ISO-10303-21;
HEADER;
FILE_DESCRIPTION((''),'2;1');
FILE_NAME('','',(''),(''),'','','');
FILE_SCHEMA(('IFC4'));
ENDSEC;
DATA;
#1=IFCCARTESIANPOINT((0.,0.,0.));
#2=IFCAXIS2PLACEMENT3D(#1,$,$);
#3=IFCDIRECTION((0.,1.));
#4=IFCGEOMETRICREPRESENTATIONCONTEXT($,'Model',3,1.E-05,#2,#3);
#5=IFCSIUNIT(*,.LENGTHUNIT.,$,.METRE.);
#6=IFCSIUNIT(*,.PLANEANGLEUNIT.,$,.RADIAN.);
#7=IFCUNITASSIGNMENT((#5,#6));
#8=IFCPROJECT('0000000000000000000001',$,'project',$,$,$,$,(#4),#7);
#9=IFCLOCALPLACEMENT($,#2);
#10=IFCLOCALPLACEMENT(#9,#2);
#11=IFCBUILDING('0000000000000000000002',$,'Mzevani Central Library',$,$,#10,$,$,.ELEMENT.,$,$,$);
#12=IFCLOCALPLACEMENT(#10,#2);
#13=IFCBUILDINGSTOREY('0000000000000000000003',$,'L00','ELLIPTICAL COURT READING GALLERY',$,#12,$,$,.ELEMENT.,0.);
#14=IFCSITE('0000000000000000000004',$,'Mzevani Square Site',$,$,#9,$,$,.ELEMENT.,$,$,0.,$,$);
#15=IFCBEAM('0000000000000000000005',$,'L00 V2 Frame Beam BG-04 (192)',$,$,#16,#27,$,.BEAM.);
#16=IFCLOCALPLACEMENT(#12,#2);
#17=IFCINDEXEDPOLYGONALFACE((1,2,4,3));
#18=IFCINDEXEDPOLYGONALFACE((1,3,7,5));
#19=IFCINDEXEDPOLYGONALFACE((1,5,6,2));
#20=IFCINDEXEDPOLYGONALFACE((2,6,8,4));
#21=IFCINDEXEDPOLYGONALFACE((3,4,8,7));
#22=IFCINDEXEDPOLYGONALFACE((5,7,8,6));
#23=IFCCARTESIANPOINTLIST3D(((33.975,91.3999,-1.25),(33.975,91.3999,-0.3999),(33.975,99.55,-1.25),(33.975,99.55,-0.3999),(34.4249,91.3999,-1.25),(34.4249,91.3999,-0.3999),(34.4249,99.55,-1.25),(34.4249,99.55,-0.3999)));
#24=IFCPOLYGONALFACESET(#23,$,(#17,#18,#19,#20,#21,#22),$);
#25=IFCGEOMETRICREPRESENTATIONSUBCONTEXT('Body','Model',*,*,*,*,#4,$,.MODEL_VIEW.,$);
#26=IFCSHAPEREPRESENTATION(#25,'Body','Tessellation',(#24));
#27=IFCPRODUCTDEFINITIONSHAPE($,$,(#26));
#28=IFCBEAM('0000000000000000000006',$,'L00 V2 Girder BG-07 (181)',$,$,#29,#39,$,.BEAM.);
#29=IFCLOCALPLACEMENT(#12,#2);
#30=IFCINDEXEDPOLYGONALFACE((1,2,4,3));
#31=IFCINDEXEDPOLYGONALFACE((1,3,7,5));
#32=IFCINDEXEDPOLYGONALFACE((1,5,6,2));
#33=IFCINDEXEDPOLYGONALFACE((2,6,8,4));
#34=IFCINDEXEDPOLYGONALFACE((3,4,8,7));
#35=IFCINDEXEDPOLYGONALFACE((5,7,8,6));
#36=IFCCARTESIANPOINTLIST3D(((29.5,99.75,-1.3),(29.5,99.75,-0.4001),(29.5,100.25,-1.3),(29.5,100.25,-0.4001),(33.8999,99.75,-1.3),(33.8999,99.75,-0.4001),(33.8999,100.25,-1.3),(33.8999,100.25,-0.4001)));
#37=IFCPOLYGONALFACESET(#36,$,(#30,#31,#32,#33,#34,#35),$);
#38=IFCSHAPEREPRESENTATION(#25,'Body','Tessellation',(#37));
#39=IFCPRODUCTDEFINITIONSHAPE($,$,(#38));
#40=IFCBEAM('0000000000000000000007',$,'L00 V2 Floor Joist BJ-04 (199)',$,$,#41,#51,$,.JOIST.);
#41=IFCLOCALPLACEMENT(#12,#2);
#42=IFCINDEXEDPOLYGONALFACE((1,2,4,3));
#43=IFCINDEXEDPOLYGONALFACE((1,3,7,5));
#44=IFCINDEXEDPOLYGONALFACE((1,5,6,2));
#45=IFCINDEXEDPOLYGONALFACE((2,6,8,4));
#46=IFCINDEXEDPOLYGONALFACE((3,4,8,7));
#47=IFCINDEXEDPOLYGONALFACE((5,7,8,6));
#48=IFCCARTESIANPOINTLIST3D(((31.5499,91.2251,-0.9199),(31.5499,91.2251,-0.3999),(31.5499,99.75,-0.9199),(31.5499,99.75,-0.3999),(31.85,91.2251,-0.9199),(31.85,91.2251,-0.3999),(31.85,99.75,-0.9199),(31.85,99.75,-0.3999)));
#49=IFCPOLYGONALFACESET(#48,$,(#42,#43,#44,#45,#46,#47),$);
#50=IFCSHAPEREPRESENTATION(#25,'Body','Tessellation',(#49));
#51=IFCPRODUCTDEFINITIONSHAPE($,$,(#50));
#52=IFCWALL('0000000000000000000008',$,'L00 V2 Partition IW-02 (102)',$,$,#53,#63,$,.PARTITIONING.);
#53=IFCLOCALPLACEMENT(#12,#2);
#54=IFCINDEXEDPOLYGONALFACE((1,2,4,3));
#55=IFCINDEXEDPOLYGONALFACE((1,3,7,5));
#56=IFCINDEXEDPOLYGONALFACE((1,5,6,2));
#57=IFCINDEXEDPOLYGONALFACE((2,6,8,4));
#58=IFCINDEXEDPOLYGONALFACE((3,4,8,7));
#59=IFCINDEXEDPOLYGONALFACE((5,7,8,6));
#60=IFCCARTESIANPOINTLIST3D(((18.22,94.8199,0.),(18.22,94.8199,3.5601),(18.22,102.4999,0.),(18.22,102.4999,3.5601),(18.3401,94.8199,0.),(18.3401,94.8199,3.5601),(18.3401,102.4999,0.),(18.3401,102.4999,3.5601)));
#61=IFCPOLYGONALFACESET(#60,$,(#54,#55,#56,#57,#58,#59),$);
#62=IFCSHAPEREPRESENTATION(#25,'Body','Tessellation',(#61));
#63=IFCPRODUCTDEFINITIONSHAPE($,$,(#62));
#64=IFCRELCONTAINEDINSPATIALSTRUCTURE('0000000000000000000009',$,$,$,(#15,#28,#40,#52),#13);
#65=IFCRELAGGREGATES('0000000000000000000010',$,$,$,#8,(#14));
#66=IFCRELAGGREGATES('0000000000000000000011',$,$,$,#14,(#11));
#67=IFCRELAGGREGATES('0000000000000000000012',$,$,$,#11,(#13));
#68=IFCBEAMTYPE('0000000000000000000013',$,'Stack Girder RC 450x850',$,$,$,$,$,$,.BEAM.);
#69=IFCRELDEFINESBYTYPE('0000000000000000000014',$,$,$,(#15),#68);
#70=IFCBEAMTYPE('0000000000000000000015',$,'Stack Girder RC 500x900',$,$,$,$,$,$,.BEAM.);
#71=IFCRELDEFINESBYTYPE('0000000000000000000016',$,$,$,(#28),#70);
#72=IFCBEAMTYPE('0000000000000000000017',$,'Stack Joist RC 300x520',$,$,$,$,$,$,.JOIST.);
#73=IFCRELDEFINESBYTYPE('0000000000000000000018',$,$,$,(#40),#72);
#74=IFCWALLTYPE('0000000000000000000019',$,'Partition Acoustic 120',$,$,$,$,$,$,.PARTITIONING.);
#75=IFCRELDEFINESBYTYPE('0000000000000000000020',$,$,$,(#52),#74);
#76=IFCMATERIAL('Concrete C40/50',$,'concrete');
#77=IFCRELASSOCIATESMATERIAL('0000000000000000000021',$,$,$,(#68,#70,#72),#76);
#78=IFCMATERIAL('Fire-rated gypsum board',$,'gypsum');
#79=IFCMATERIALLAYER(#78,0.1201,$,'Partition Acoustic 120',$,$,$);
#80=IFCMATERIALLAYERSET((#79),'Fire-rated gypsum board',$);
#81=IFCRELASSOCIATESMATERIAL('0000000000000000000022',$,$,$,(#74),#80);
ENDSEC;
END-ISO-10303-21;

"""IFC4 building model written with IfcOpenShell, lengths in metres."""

from ifc_helpers import new_model, si_unit, direction, frame, frame_2d, origin, origin_2d, place, context, subcontext, project, spatial, rectangle, extrude, material, layer, layer_set, material_profile, profile_set, type_object, element, save


model = new_model("IFC4")

# Units and contexts
model_context = context("Model", 3, precision=1e-05, world=origin(), true_north=direction((0.0, 1.0)))
body_context = subcontext(model_context, "Body", "Model", "MODEL_VIEW")
ifc_project = project(units=[si_unit("LENGTHUNIT", "METRE"), si_unit("PLANEANGLEUNIT", "RADIAN")], contexts=[model_context])

# Site, building, storey
site_placement = place(None, origin())
site = spatial("IfcSite", under=ifc_project, at=site_placement, Name="Mzevani Square Site", CompositionType="ELEMENT", RefElevation=0.0)
building_placement = place(site_placement, origin())
building = spatial("IfcBuilding", under=site, at=building_placement, Name="Mzevani Central Library", CompositionType="ELEMENT")
storey_placement = place(building_placement, origin())
storey = spatial("IfcBuildingStorey", under=building, at=storey_placement, Name="L00", Description="ELLIPTICAL COURT READING GALLERY", CompositionType="ELEMENT", Elevation=0.0)

# Shared definitions
ifc_material_1 = material(Name="Concrete C40/50", Category="concrete")

# Beams
ifc_material_profile_1 = material_profile(ifc_material_1, rectangle(XDim=0.45, YDim=0.8501, at=origin_2d()), Name="RC B450x850")
ifc_profile_set_1 = profile_set([ifc_material_profile_1], Name="Concrete C40/50")
beam_type_1 = type_object("IfcBeamType", Name="Stack Girder RC 450x850", PredefinedType="BEAM", material=ifc_profile_set_1)
beam_1_placement = place(storey_placement, frame((34.2, 91.3999, -0.825), z_axis=(0.0, 1.0, 0.0), x_axis=(-1.0, 0.0, 0.0)))
element("IfcBeam", 1, at=beam_1_placement, inside=storey, type_object=beam_type_1, Name="L00 V2 Frame Beam BG-04 (192)", PredefinedType="BEAM", context=body_context, shape_type="SweptSolid", body=[
    extrude(rectangle(XDim=0.45, YDim=0.8501, at=origin_2d()), origin(), (0.0, 0.0, 1.0), 8.1501),
])
ifc_material_profile_2 = material_profile(ifc_material_1, rectangle(XDim=0.5, YDim=0.8999, at=origin_2d()), Name="RC B500x900")
ifc_profile_set_2 = profile_set([ifc_material_profile_2], Name="Concrete C40/50")
beam_type_2 = type_object("IfcBeamType", Name="Stack Girder RC 500x900", PredefinedType="BEAM", material=ifc_profile_set_2)
beam_2_placement = place(storey_placement, frame((29.5, 100.0, -0.8501), z_axis=(1.0, 0.0, 0.0), x_axis=(0.0, 1.0, 0.0)))
element("IfcBeam", 2, at=beam_2_placement, inside=storey, type_object=beam_type_2, Name="L00 V2 Girder BG-07 (181)", PredefinedType="BEAM", context=body_context, shape_type="SweptSolid", body=[
    extrude(rectangle(XDim=0.5, YDim=0.8999, at=origin_2d()), origin(), (0.0, 0.0, 1.0), 4.3999),
])
ifc_material_profile_3 = material_profile(ifc_material_1, rectangle(XDim=0.3, YDim=0.52, at=origin_2d()), Name="RC J300x520")
ifc_profile_set_3 = profile_set([ifc_material_profile_3], Name="Concrete C40/50")
beam_type_3 = type_object("IfcBeamType", Name="Stack Joist RC 300x520", PredefinedType="JOIST", material=ifc_profile_set_3)
beam_3_placement = place(storey_placement, frame((31.7, 91.2251, -0.6599), z_axis=(0.0, 1.0, 0.0), x_axis=(-1.0, 0.0, 0.0)))
element("IfcBeam", 3, at=beam_3_placement, inside=storey, type_object=beam_type_3, Name="L00 V2 Floor Joist BJ-04 (199)", PredefinedType="JOIST", context=body_context, shape_type="SweptSolid", body=[
    extrude(rectangle(XDim=0.3, YDim=0.52, at=origin_2d()), origin(), (0.0, 0.0, 1.0), 8.5249),
])

# Wall
ifc_material_2 = material(Name="Fire-rated gypsum board", Category="gypsum")
ifc_layer = layer(ifc_material_2, 0.1201, Name="Partition Acoustic 120")
ifc_layer_set = layer_set([ifc_layer], Name="Fire-rated gypsum board")
wall_type = type_object("IfcWallType", Name="Partition Acoustic 120", PredefinedType="PARTITIONING", material=ifc_layer_set)
wall_placement = place(storey_placement, frame((18.28, 94.8201, 0.0), z_axis=(0.0, 0.0, 1.0), x_axis=(0.0, 1.0, 0.0)))
element("IfcWall", 4, at=wall_placement, inside=storey, type_object=wall_type, Name="L00 V2 Partition IW-02 (102)", PredefinedType="PARTITIONING", context=body_context, shape_type="SweptSolid", body=[
    extrude(rectangle(XDim=7.6799, YDim=0.1201, at=frame_2d((3.8398, 0.0))), origin(), (0.0, 0.0, 1.0), 3.5601),
])

save(model, "model.ifc")
